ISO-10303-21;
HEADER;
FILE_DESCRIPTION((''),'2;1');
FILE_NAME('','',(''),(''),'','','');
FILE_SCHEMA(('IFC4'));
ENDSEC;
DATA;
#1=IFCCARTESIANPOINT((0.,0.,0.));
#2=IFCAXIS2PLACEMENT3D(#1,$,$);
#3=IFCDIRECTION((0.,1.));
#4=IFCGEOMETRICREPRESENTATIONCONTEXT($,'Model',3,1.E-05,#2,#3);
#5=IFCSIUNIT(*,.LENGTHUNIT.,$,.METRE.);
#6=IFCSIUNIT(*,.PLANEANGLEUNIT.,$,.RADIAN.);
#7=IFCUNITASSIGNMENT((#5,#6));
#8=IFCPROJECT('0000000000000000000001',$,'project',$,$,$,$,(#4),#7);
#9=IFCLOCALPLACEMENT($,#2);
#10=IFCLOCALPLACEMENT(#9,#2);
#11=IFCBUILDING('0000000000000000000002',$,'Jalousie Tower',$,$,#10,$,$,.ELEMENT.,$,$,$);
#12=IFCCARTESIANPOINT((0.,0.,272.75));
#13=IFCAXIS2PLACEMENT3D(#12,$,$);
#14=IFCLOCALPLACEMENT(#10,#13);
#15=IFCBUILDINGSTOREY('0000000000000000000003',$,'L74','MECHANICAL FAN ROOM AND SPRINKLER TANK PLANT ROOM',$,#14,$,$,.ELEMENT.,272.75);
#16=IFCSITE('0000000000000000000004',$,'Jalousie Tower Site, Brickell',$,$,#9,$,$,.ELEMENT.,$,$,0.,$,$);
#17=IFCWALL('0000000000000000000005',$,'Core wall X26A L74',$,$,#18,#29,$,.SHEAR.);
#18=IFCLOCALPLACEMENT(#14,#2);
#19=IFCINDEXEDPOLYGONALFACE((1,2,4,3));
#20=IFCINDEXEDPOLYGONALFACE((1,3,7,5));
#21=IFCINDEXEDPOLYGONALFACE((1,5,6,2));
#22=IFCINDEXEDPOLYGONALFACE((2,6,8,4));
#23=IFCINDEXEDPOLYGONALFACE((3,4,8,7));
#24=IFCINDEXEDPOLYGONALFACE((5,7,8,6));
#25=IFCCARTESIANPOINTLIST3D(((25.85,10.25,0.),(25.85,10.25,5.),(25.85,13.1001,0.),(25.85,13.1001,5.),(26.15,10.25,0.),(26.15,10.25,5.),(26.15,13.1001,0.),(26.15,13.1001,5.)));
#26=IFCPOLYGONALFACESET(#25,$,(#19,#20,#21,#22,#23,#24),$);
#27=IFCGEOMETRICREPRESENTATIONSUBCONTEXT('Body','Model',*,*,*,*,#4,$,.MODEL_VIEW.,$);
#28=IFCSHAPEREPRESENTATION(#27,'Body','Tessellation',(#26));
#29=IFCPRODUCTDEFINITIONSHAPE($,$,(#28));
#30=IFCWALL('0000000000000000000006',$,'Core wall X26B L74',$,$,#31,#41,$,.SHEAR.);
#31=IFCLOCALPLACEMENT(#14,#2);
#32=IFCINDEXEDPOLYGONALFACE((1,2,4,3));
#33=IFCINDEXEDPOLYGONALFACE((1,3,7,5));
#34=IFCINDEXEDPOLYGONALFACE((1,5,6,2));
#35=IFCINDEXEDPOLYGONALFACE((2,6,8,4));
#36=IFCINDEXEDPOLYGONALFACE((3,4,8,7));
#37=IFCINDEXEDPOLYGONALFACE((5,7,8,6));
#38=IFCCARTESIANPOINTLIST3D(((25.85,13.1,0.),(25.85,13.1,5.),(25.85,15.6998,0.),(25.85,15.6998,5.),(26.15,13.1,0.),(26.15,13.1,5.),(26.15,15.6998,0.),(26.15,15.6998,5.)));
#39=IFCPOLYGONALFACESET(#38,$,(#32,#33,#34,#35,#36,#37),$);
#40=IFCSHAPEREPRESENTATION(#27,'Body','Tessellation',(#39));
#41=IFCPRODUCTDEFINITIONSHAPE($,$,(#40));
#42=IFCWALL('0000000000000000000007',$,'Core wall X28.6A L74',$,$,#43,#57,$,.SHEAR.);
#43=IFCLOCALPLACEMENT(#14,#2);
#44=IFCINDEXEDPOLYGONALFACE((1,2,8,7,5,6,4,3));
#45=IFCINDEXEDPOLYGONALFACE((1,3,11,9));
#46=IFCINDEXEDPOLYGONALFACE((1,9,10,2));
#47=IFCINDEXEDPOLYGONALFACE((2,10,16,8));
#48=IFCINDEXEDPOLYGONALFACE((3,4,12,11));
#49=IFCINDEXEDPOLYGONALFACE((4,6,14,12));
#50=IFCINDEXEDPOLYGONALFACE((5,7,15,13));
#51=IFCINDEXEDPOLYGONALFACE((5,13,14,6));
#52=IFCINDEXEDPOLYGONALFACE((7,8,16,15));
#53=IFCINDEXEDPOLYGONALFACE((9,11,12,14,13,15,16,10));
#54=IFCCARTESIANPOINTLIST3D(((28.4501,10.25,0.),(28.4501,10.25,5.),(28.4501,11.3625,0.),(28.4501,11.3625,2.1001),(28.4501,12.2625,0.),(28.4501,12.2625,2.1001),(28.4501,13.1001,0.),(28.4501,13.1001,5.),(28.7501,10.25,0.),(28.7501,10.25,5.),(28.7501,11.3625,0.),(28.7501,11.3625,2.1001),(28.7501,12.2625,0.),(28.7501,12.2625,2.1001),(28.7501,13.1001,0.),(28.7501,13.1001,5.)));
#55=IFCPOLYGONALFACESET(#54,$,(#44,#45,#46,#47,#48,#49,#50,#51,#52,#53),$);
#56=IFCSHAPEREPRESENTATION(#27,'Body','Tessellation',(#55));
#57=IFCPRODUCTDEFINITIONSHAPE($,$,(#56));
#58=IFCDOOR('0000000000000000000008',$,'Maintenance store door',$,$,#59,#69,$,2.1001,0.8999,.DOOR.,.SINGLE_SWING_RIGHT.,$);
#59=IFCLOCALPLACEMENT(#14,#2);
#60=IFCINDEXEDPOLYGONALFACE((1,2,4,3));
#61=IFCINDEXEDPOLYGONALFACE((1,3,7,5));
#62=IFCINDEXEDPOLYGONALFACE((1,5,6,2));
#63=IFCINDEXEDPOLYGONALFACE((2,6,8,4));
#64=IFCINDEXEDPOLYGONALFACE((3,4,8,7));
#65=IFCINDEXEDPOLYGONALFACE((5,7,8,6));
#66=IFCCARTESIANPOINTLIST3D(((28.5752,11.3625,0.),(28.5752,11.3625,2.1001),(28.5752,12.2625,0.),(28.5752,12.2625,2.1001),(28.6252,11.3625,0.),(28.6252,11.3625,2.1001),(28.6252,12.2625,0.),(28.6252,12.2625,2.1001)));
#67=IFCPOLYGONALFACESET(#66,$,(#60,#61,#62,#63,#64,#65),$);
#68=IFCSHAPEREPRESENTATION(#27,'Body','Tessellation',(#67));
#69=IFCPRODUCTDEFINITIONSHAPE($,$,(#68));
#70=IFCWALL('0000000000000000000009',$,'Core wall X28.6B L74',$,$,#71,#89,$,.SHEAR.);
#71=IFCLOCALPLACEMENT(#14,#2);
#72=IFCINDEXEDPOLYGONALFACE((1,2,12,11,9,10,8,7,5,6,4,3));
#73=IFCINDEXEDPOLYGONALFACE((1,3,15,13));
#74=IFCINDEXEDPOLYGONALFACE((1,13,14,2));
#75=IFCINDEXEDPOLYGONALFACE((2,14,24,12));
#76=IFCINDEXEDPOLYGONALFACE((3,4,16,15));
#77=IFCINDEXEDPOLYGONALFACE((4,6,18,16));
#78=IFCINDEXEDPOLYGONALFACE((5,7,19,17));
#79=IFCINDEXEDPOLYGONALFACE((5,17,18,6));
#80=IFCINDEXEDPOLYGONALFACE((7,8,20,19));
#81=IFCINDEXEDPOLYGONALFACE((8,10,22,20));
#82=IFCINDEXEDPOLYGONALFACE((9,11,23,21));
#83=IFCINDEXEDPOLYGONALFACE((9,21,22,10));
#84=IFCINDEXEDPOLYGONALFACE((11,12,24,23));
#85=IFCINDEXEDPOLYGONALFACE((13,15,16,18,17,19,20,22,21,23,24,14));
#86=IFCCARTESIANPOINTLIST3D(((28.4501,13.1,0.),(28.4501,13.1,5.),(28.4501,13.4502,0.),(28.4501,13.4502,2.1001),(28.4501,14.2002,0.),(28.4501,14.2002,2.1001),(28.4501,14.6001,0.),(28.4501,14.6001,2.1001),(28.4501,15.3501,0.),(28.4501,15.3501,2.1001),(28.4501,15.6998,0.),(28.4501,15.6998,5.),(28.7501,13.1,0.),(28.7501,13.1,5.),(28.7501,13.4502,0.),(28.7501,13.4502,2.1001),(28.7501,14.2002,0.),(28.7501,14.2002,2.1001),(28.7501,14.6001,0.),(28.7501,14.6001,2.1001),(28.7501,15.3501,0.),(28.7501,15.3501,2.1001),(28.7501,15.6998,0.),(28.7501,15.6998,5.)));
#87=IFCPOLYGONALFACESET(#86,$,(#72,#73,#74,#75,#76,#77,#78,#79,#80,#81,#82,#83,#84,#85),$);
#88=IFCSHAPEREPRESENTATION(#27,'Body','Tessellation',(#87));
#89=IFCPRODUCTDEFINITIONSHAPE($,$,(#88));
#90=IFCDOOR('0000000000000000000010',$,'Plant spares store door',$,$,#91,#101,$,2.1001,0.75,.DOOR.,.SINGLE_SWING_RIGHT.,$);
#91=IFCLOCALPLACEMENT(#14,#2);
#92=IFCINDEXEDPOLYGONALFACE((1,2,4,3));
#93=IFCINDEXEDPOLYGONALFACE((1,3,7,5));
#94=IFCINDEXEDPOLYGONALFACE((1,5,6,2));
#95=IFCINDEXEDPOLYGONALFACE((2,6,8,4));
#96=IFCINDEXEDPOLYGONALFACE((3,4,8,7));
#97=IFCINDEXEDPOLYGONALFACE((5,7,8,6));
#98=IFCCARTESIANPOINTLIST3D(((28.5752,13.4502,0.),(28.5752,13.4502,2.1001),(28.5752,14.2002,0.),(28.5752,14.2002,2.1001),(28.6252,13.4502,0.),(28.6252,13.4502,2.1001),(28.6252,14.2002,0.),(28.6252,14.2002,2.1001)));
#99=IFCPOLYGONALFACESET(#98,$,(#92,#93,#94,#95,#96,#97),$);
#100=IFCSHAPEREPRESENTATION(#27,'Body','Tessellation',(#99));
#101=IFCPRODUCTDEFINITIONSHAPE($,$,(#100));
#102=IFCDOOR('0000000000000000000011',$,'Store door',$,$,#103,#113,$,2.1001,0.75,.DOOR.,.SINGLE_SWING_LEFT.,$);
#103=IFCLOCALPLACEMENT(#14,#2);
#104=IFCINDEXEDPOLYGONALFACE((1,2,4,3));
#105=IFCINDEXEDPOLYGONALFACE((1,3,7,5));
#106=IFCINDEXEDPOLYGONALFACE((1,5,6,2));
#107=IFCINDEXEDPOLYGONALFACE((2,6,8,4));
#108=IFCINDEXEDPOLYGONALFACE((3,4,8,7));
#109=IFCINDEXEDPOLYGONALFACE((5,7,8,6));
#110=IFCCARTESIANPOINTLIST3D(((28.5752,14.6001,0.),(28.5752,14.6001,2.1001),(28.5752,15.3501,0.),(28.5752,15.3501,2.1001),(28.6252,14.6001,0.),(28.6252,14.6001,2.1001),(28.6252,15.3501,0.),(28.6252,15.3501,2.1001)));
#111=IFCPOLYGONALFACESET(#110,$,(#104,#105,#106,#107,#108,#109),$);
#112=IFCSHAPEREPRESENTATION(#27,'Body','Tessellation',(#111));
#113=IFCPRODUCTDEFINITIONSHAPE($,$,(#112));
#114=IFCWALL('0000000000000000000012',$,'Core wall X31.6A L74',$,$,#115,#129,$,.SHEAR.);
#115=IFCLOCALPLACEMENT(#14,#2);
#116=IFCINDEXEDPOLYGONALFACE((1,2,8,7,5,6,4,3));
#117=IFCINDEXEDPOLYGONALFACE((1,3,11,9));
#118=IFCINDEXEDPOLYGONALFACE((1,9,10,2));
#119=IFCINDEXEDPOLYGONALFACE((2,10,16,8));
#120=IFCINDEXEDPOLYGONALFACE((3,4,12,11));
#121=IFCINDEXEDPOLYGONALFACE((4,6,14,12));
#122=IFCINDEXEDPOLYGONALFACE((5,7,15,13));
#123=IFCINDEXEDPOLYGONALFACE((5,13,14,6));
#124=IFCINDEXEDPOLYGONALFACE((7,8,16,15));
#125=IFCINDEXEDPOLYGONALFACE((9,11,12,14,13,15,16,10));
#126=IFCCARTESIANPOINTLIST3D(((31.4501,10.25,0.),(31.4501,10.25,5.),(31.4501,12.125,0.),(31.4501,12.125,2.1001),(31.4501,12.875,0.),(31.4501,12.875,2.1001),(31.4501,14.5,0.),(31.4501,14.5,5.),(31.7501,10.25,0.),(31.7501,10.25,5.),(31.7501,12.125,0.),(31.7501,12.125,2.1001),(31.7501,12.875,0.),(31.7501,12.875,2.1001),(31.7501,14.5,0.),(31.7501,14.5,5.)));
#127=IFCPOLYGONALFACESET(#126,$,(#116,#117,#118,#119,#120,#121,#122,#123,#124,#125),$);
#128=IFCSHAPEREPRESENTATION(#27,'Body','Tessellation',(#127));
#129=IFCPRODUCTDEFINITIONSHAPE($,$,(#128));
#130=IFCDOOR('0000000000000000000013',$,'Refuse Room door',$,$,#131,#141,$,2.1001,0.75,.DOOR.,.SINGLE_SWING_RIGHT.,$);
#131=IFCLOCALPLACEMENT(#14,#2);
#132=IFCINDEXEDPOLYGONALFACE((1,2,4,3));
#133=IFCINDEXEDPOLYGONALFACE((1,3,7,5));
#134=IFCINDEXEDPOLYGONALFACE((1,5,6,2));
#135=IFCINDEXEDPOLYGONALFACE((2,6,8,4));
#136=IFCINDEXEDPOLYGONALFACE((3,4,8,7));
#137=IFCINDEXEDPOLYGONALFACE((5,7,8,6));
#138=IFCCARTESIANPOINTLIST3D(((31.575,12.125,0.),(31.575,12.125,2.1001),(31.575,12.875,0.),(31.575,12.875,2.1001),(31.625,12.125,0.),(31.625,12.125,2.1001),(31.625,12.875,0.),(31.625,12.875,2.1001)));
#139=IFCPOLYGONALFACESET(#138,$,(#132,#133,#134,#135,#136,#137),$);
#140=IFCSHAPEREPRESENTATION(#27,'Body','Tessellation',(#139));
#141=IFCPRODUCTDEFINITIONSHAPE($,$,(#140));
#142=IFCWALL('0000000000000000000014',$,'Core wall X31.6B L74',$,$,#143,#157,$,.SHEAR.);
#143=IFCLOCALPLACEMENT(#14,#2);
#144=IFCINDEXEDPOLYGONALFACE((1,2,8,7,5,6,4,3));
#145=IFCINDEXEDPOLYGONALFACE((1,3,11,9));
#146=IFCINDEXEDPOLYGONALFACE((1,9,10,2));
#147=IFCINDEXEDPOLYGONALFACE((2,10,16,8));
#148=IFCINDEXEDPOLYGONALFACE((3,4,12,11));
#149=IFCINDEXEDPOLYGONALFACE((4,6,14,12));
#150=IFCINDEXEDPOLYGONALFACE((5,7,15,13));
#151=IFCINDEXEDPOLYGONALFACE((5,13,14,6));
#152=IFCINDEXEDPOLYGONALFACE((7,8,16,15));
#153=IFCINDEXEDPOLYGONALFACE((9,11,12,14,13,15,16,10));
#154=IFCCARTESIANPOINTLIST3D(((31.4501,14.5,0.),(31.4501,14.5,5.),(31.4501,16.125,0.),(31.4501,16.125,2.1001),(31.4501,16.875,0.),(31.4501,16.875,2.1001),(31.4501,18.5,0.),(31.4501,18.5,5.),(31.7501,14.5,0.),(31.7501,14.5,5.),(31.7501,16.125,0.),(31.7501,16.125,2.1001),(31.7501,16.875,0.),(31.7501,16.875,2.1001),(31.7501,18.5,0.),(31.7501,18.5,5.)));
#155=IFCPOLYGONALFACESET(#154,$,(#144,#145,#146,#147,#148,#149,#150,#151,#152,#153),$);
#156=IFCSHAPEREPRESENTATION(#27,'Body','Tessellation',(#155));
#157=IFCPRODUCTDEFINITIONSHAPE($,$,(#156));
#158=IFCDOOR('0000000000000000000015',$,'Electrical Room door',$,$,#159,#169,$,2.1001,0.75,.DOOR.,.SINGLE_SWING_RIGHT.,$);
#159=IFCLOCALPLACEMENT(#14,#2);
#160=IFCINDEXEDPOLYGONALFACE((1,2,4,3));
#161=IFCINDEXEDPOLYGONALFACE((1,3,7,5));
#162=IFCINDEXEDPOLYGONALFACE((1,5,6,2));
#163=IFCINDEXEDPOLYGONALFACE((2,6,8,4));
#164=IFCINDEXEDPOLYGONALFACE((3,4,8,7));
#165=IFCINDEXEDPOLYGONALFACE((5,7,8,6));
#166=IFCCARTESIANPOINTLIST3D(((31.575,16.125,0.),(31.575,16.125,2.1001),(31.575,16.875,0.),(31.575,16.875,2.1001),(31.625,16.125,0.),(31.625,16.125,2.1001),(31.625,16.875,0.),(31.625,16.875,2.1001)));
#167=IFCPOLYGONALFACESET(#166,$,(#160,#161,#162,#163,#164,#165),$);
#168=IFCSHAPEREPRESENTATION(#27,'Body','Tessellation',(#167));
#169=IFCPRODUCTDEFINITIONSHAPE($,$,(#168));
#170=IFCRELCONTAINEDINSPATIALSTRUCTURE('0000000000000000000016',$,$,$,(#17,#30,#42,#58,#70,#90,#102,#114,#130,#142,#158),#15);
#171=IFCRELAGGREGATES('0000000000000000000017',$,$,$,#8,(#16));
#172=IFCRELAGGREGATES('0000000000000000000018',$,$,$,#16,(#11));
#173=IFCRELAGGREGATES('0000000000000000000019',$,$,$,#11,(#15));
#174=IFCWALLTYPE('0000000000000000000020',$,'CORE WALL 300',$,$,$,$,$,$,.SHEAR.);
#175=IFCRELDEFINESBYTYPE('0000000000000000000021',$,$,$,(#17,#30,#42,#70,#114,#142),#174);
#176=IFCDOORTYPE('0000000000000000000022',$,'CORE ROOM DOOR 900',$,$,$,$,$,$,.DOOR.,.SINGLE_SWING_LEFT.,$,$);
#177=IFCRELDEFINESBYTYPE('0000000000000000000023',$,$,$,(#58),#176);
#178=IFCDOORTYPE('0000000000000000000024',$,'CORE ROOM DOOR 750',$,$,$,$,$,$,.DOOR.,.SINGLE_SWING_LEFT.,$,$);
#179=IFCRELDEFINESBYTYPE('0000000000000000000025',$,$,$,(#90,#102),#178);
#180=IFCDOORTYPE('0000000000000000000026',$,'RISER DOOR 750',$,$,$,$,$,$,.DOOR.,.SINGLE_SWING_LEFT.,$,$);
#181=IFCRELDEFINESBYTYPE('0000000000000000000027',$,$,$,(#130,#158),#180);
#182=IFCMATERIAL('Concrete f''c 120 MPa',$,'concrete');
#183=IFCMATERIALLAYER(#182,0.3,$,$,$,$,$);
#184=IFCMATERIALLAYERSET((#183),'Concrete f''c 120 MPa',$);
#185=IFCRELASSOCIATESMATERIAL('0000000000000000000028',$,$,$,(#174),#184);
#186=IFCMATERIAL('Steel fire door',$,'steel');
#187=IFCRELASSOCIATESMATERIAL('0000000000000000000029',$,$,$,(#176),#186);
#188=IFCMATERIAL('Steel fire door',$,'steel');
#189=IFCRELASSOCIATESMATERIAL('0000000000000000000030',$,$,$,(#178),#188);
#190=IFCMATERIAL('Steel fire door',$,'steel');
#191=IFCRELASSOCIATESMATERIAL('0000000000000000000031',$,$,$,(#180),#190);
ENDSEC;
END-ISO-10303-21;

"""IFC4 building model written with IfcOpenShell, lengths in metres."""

from ifc_helpers import new_model, si_unit, direction, frame, frame_2d, origin, place, context, subcontext, project, spatial, rectangle, extrude, material, layer, layer_set, type_object, element, fill, save


model = new_model("IFC4")

# Units and contexts
model_context = context("Model", 3, precision=1e-05, world=origin(), true_north=direction((0.0, 1.0)))
body_context = subcontext(model_context, "Body", "Model", "MODEL_VIEW")
ifc_project = project(units=[si_unit("LENGTHUNIT", "METRE"), si_unit("PLANEANGLEUNIT", "RADIAN")], contexts=[model_context])

# Site, building, storey
site_placement = place(None, origin())
site = spatial("IfcSite", under=ifc_project, at=site_placement, Name="Jalousie Tower Site, Brickell", CompositionType="ELEMENT", RefElevation=0.0)
building_placement = place(site_placement, origin())
building = spatial("IfcBuilding", under=site, at=building_placement, Name="Jalousie Tower", CompositionType="ELEMENT")
storey_placement = place(building_placement, frame((0.0, 0.0, 272.75)))
storey = spatial("IfcBuildingStorey", under=building, at=storey_placement, Name="L74", Description="MECHANICAL FAN ROOM AND SPRINKLER TANK PLANT ROOM", CompositionType="ELEMENT", Elevation=272.75)

# Walls
ifc_material_1 = material(Name="Concrete f'c 120 MPa", Category="concrete")
ifc_layer_1 = layer(ifc_material_1, 0.3)
ifc_layer_set_1 = layer_set([ifc_layer_1], Name="Concrete f'c 120 MPa")
wall_type_1 = type_object("IfcWallType", Name="CORE WALL 300", PredefinedType="SHEAR", material=ifc_layer_set_1)
wall_1_placement = place(storey_placement, frame((26.0, 10.25, 0.0), z_axis=(0.0, 0.0, 1.0), x_axis=(0.0, 1.0, 0.0)))
element("IfcWall", 1, at=wall_1_placement, inside=storey, type_object=wall_type_1, Name="Core wall X26A L74", PredefinedType="SHEAR", context=body_context, shape_type="SweptSolid", body=[
    extrude(rectangle(XDim=2.8501, YDim=0.3, at=frame_2d((1.425, 0.0))), origin(), (0.0, 0.0, 1.0), 5.0),
])
wall_2_placement = place(storey_placement, frame((26.0, 13.1001, 0.0), z_axis=(0.0, 0.0, 1.0), x_axis=(0.0, 1.0, 0.0)))
element("IfcWall", 2, at=wall_2_placement, inside=storey, type_object=wall_type_1, Name="Core wall X26B L74", PredefinedType="SHEAR", context=body_context, shape_type="SweptSolid", body=[
    extrude(rectangle(XDim=2.5999, YDim=0.3, at=frame_2d((1.2998, 0.0))), origin(), (0.0, 0.0, 1.0), 5.0),
])

# Wall, opening, door
wall_3_placement = place(storey_placement, frame((28.6001, 10.25, 0.0), z_axis=(0.0, 0.0, 1.0), x_axis=(0.0, 1.0, 0.0)))
wall_3 = element("IfcWall", 3, at=wall_3_placement, inside=storey, type_object=wall_type_1, Name="Core wall X28.6A L74", PredefinedType="SHEAR", context=body_context, shape_type="SweptSolid", body=[
    extrude(rectangle(XDim=2.8501, YDim=0.3, at=frame_2d((1.425, 0.0))), origin(), (0.0, 0.0, 1.0), 5.0),
])
opening_1_placement = place(wall_3_placement, frame((1.1125, 0.0, 0.0)))
opening_1 = element("IfcOpeningElement", 4, at=opening_1_placement, cuts=wall_3, PredefinedType="OPENING", context=body_context, shape_type="SweptSolid", body=[
    extrude(rectangle(XDim=0.8999, YDim=2.1001, at=frame_2d((0.45, 1.05))), frame((0.0, 0.1599, 0.0), z_axis=(0.0, -1.0, 0.0), x_axis=(1.0, 0.0, 0.0)), (0.0, 0.0, 1.0), 0.3201),
])
ifc_material_2 = material(Name="Steel fire door", Category="steel")
door_type_1 = type_object("IfcDoorType", Name="CORE ROOM DOOR 900", OperationType="SINGLE_SWING_LEFT", PredefinedType="DOOR", material=ifc_material_2)
door_1_placement = place(opening_1_placement, origin())
door_1 = element("IfcDoor", 5, at=door_1_placement, inside=storey, type_object=door_type_1, Name="Maintenance store door", OperationType="SINGLE_SWING_RIGHT", OverallHeight=2.1001, OverallWidth=0.8999, PredefinedType="DOOR", context=body_context, shape_type="SweptSolid", body=[
    extrude(rectangle(XDim=0.8999, YDim=2.1001, at=frame_2d((0.45, 1.05))), frame((0.0, 0.0249, 0.0), z_axis=(0.0, -1.0, 0.0), x_axis=(1.0, 0.0, 0.0)), (0.0, 0.0, 1.0), 0.05),
])
fill(opening_1, door_1)

# Wall, openings, doors
wall_4_placement = place(storey_placement, frame((28.6001, 13.1001, 0.0), z_axis=(0.0, 0.0, 1.0), x_axis=(0.0, 1.0, 0.0)))
wall_4 = element("IfcWall", 6, at=wall_4_placement, inside=storey, type_object=wall_type_1, Name="Core wall X28.6B L74", PredefinedType="SHEAR", context=body_context, shape_type="SweptSolid", body=[
    extrude(rectangle(XDim=2.5999, YDim=0.3, at=frame_2d((1.2998, 0.0))), origin(), (0.0, 0.0, 1.0), 5.0),
])
opening_2_placement = place(wall_4_placement, frame((0.3501, 0.0, 0.0)))
opening_2 = element("IfcOpeningElement", 7, at=opening_2_placement, cuts=wall_4, PredefinedType="OPENING", context=body_context, shape_type="SweptSolid", body=[
    extrude(rectangle(XDim=0.75, YDim=2.1001, at=frame_2d((0.375, 1.05))), frame((0.0, 0.1599, 0.0), z_axis=(0.0, -1.0, 0.0), x_axis=(1.0, 0.0, 0.0)), (0.0, 0.0, 1.0), 0.3201),
])
opening_3_placement = place(wall_4_placement, frame((1.5, 0.0, 0.0)))
opening_3 = element("IfcOpeningElement", 8, at=opening_3_placement, cuts=wall_4, PredefinedType="OPENING", context=body_context, shape_type="SweptSolid", body=[
    extrude(rectangle(XDim=0.75, YDim=2.1001, at=frame_2d((0.375, 1.05))), frame((0.0, 0.1599, 0.0), z_axis=(0.0, -1.0, 0.0), x_axis=(1.0, 0.0, 0.0)), (0.0, 0.0, 1.0), 0.3201),
])
ifc_material_3 = material(Name="Steel fire door", Category="steel")
door_type_2 = type_object("IfcDoorType", Name="CORE ROOM DOOR 750", OperationType="SINGLE_SWING_LEFT", PredefinedType="DOOR", material=ifc_material_3)
door_2_placement = place(opening_2_placement, origin())
door_2 = element("IfcDoor", 9, at=door_2_placement, inside=storey, type_object=door_type_2, Name="Plant spares store door", OperationType="SINGLE_SWING_RIGHT", OverallHeight=2.1001, OverallWidth=0.75, PredefinedType="DOOR", context=body_context, shape_type="SweptSolid", body=[
    extrude(rectangle(XDim=0.75, YDim=2.1001, at=frame_2d((0.375, 1.05))), frame((0.0, 0.0249, 0.0), z_axis=(0.0, -1.0, 0.0), x_axis=(1.0, 0.0, 0.0)), (0.0, 0.0, 1.0), 0.05),
])
fill(opening_2, door_2)
door_3_placement = place(opening_3_placement, origin())
door_3 = element("IfcDoor", 10, at=door_3_placement, inside=storey, type_object=door_type_2, Name="Store door", OperationType="SINGLE_SWING_LEFT", OverallHeight=2.1001, OverallWidth=0.75, PredefinedType="DOOR", context=body_context, shape_type="SweptSolid", body=[
    extrude(rectangle(XDim=0.75, YDim=2.1001, at=frame_2d((0.375, 1.05))), frame((0.0, 0.0249, 0.0), z_axis=(0.0, -1.0, 0.0), x_axis=(1.0, 0.0, 0.0)), (0.0, 0.0, 1.0), 0.05),
])
fill(opening_3, door_3)

# Walls, openings, doors
wall_5_placement = place(storey_placement, frame((31.6001, 10.25, 0.0), z_axis=(0.0, 0.0, 1.0), x_axis=(0.0, 1.0, 0.0)))
wall_5 = element("IfcWall", 11, at=wall_5_placement, inside=storey, type_object=wall_type_1, Name="Core wall X31.6A L74", PredefinedType="SHEAR", context=body_context, shape_type="SweptSolid", body=[
    extrude(rectangle(XDim=4.25, YDim=0.3, at=frame_2d((2.125, 0.0))), origin(), (0.0, 0.0, 1.0), 5.0),
])
opening_4_placement = place(wall_5_placement, frame((1.875, 0.0, 0.0)))
opening_4 = element("IfcOpeningElement", 12, at=opening_4_placement, cuts=wall_5, PredefinedType="OPENING", context=body_context, shape_type="SweptSolid", body=[
    extrude(rectangle(XDim=0.75, YDim=2.1001, at=frame_2d((0.375, 1.05))), frame((0.0, 0.1599, 0.0), z_axis=(0.0, -1.0, 0.0), x_axis=(1.0, 0.0, 0.0)), (0.0, 0.0, 1.0), 0.3201),
])
ifc_material_4 = material(Name="Steel fire door", Category="steel")
door_type_3 = type_object("IfcDoorType", Name="RISER DOOR 750", OperationType="SINGLE_SWING_LEFT", PredefinedType="DOOR", material=ifc_material_4)
door_4_placement = place(opening_4_placement, frame((0.75, 0.0, 0.0), z_axis=(0.0, 0.0, 1.0), x_axis=(-1.0, 0.0, 0.0)))
door_4 = element("IfcDoor", 13, at=door_4_placement, inside=storey, type_object=door_type_3, Name="Refuse Room door", OperationType="SINGLE_SWING_RIGHT", OverallHeight=2.1001, OverallWidth=0.75, PredefinedType="DOOR", context=body_context, shape_type="SweptSolid", body=[
    extrude(rectangle(XDim=0.75, YDim=2.1001, at=frame_2d((0.375, 1.05))), frame((0.0, 0.0249, 0.0), z_axis=(0.0, -1.0, 0.0), x_axis=(1.0, 0.0, 0.0)), (0.0, 0.0, 1.0), 0.05),
])
fill(opening_4, door_4)
wall_6_placement = place(storey_placement, frame((31.6001, 14.5, 0.0), z_axis=(0.0, 0.0, 1.0), x_axis=(0.0, 1.0, 0.0)))
wall_6 = element("IfcWall", 14, at=wall_6_placement, inside=storey, type_object=wall_type_1, Name="Core wall X31.6B L74", PredefinedType="SHEAR", context=body_context, shape_type="SweptSolid", body=[
    extrude(rectangle(XDim=4.0, YDim=0.3, at=frame_2d((2.0, 0.0))), origin(), (0.0, 0.0, 1.0), 5.0),
])
opening_5_placement = place(wall_6_placement, frame((1.625, 0.0, 0.0)))
opening_5 = element("IfcOpeningElement", 15, at=opening_5_placement, cuts=wall_6, PredefinedType="OPENING", context=body_context, shape_type="SweptSolid", body=[
    extrude(rectangle(XDim=0.75, YDim=2.1001, at=frame_2d((0.375, 1.05))), frame((0.0, 0.1599, 0.0), z_axis=(0.0, -1.0, 0.0), x_axis=(1.0, 0.0, 0.0)), (0.0, 0.0, 1.0), 0.3201),
])
door_5_placement = place(opening_5_placement, frame((0.75, 0.0, 0.0), z_axis=(0.0, 0.0, 1.0), x_axis=(-1.0, 0.0, 0.0)))
door_5 = element("IfcDoor", 16, at=door_5_placement, inside=storey, type_object=door_type_3, Name="Electrical Room door", OperationType="SINGLE_SWING_RIGHT", OverallHeight=2.1001, OverallWidth=0.75, PredefinedType="DOOR", context=body_context, shape_type="SweptSolid", body=[
    extrude(rectangle(XDim=0.75, YDim=2.1001, at=frame_2d((0.375, 1.05))), frame((0.0, 0.0249, 0.0), z_axis=(0.0, -1.0, 0.0), x_axis=(1.0, 0.0, 0.0)), (0.0, 0.0, 1.0), 0.05),
])
fill(opening_5, door_5)

save(model, "model.ifc")
